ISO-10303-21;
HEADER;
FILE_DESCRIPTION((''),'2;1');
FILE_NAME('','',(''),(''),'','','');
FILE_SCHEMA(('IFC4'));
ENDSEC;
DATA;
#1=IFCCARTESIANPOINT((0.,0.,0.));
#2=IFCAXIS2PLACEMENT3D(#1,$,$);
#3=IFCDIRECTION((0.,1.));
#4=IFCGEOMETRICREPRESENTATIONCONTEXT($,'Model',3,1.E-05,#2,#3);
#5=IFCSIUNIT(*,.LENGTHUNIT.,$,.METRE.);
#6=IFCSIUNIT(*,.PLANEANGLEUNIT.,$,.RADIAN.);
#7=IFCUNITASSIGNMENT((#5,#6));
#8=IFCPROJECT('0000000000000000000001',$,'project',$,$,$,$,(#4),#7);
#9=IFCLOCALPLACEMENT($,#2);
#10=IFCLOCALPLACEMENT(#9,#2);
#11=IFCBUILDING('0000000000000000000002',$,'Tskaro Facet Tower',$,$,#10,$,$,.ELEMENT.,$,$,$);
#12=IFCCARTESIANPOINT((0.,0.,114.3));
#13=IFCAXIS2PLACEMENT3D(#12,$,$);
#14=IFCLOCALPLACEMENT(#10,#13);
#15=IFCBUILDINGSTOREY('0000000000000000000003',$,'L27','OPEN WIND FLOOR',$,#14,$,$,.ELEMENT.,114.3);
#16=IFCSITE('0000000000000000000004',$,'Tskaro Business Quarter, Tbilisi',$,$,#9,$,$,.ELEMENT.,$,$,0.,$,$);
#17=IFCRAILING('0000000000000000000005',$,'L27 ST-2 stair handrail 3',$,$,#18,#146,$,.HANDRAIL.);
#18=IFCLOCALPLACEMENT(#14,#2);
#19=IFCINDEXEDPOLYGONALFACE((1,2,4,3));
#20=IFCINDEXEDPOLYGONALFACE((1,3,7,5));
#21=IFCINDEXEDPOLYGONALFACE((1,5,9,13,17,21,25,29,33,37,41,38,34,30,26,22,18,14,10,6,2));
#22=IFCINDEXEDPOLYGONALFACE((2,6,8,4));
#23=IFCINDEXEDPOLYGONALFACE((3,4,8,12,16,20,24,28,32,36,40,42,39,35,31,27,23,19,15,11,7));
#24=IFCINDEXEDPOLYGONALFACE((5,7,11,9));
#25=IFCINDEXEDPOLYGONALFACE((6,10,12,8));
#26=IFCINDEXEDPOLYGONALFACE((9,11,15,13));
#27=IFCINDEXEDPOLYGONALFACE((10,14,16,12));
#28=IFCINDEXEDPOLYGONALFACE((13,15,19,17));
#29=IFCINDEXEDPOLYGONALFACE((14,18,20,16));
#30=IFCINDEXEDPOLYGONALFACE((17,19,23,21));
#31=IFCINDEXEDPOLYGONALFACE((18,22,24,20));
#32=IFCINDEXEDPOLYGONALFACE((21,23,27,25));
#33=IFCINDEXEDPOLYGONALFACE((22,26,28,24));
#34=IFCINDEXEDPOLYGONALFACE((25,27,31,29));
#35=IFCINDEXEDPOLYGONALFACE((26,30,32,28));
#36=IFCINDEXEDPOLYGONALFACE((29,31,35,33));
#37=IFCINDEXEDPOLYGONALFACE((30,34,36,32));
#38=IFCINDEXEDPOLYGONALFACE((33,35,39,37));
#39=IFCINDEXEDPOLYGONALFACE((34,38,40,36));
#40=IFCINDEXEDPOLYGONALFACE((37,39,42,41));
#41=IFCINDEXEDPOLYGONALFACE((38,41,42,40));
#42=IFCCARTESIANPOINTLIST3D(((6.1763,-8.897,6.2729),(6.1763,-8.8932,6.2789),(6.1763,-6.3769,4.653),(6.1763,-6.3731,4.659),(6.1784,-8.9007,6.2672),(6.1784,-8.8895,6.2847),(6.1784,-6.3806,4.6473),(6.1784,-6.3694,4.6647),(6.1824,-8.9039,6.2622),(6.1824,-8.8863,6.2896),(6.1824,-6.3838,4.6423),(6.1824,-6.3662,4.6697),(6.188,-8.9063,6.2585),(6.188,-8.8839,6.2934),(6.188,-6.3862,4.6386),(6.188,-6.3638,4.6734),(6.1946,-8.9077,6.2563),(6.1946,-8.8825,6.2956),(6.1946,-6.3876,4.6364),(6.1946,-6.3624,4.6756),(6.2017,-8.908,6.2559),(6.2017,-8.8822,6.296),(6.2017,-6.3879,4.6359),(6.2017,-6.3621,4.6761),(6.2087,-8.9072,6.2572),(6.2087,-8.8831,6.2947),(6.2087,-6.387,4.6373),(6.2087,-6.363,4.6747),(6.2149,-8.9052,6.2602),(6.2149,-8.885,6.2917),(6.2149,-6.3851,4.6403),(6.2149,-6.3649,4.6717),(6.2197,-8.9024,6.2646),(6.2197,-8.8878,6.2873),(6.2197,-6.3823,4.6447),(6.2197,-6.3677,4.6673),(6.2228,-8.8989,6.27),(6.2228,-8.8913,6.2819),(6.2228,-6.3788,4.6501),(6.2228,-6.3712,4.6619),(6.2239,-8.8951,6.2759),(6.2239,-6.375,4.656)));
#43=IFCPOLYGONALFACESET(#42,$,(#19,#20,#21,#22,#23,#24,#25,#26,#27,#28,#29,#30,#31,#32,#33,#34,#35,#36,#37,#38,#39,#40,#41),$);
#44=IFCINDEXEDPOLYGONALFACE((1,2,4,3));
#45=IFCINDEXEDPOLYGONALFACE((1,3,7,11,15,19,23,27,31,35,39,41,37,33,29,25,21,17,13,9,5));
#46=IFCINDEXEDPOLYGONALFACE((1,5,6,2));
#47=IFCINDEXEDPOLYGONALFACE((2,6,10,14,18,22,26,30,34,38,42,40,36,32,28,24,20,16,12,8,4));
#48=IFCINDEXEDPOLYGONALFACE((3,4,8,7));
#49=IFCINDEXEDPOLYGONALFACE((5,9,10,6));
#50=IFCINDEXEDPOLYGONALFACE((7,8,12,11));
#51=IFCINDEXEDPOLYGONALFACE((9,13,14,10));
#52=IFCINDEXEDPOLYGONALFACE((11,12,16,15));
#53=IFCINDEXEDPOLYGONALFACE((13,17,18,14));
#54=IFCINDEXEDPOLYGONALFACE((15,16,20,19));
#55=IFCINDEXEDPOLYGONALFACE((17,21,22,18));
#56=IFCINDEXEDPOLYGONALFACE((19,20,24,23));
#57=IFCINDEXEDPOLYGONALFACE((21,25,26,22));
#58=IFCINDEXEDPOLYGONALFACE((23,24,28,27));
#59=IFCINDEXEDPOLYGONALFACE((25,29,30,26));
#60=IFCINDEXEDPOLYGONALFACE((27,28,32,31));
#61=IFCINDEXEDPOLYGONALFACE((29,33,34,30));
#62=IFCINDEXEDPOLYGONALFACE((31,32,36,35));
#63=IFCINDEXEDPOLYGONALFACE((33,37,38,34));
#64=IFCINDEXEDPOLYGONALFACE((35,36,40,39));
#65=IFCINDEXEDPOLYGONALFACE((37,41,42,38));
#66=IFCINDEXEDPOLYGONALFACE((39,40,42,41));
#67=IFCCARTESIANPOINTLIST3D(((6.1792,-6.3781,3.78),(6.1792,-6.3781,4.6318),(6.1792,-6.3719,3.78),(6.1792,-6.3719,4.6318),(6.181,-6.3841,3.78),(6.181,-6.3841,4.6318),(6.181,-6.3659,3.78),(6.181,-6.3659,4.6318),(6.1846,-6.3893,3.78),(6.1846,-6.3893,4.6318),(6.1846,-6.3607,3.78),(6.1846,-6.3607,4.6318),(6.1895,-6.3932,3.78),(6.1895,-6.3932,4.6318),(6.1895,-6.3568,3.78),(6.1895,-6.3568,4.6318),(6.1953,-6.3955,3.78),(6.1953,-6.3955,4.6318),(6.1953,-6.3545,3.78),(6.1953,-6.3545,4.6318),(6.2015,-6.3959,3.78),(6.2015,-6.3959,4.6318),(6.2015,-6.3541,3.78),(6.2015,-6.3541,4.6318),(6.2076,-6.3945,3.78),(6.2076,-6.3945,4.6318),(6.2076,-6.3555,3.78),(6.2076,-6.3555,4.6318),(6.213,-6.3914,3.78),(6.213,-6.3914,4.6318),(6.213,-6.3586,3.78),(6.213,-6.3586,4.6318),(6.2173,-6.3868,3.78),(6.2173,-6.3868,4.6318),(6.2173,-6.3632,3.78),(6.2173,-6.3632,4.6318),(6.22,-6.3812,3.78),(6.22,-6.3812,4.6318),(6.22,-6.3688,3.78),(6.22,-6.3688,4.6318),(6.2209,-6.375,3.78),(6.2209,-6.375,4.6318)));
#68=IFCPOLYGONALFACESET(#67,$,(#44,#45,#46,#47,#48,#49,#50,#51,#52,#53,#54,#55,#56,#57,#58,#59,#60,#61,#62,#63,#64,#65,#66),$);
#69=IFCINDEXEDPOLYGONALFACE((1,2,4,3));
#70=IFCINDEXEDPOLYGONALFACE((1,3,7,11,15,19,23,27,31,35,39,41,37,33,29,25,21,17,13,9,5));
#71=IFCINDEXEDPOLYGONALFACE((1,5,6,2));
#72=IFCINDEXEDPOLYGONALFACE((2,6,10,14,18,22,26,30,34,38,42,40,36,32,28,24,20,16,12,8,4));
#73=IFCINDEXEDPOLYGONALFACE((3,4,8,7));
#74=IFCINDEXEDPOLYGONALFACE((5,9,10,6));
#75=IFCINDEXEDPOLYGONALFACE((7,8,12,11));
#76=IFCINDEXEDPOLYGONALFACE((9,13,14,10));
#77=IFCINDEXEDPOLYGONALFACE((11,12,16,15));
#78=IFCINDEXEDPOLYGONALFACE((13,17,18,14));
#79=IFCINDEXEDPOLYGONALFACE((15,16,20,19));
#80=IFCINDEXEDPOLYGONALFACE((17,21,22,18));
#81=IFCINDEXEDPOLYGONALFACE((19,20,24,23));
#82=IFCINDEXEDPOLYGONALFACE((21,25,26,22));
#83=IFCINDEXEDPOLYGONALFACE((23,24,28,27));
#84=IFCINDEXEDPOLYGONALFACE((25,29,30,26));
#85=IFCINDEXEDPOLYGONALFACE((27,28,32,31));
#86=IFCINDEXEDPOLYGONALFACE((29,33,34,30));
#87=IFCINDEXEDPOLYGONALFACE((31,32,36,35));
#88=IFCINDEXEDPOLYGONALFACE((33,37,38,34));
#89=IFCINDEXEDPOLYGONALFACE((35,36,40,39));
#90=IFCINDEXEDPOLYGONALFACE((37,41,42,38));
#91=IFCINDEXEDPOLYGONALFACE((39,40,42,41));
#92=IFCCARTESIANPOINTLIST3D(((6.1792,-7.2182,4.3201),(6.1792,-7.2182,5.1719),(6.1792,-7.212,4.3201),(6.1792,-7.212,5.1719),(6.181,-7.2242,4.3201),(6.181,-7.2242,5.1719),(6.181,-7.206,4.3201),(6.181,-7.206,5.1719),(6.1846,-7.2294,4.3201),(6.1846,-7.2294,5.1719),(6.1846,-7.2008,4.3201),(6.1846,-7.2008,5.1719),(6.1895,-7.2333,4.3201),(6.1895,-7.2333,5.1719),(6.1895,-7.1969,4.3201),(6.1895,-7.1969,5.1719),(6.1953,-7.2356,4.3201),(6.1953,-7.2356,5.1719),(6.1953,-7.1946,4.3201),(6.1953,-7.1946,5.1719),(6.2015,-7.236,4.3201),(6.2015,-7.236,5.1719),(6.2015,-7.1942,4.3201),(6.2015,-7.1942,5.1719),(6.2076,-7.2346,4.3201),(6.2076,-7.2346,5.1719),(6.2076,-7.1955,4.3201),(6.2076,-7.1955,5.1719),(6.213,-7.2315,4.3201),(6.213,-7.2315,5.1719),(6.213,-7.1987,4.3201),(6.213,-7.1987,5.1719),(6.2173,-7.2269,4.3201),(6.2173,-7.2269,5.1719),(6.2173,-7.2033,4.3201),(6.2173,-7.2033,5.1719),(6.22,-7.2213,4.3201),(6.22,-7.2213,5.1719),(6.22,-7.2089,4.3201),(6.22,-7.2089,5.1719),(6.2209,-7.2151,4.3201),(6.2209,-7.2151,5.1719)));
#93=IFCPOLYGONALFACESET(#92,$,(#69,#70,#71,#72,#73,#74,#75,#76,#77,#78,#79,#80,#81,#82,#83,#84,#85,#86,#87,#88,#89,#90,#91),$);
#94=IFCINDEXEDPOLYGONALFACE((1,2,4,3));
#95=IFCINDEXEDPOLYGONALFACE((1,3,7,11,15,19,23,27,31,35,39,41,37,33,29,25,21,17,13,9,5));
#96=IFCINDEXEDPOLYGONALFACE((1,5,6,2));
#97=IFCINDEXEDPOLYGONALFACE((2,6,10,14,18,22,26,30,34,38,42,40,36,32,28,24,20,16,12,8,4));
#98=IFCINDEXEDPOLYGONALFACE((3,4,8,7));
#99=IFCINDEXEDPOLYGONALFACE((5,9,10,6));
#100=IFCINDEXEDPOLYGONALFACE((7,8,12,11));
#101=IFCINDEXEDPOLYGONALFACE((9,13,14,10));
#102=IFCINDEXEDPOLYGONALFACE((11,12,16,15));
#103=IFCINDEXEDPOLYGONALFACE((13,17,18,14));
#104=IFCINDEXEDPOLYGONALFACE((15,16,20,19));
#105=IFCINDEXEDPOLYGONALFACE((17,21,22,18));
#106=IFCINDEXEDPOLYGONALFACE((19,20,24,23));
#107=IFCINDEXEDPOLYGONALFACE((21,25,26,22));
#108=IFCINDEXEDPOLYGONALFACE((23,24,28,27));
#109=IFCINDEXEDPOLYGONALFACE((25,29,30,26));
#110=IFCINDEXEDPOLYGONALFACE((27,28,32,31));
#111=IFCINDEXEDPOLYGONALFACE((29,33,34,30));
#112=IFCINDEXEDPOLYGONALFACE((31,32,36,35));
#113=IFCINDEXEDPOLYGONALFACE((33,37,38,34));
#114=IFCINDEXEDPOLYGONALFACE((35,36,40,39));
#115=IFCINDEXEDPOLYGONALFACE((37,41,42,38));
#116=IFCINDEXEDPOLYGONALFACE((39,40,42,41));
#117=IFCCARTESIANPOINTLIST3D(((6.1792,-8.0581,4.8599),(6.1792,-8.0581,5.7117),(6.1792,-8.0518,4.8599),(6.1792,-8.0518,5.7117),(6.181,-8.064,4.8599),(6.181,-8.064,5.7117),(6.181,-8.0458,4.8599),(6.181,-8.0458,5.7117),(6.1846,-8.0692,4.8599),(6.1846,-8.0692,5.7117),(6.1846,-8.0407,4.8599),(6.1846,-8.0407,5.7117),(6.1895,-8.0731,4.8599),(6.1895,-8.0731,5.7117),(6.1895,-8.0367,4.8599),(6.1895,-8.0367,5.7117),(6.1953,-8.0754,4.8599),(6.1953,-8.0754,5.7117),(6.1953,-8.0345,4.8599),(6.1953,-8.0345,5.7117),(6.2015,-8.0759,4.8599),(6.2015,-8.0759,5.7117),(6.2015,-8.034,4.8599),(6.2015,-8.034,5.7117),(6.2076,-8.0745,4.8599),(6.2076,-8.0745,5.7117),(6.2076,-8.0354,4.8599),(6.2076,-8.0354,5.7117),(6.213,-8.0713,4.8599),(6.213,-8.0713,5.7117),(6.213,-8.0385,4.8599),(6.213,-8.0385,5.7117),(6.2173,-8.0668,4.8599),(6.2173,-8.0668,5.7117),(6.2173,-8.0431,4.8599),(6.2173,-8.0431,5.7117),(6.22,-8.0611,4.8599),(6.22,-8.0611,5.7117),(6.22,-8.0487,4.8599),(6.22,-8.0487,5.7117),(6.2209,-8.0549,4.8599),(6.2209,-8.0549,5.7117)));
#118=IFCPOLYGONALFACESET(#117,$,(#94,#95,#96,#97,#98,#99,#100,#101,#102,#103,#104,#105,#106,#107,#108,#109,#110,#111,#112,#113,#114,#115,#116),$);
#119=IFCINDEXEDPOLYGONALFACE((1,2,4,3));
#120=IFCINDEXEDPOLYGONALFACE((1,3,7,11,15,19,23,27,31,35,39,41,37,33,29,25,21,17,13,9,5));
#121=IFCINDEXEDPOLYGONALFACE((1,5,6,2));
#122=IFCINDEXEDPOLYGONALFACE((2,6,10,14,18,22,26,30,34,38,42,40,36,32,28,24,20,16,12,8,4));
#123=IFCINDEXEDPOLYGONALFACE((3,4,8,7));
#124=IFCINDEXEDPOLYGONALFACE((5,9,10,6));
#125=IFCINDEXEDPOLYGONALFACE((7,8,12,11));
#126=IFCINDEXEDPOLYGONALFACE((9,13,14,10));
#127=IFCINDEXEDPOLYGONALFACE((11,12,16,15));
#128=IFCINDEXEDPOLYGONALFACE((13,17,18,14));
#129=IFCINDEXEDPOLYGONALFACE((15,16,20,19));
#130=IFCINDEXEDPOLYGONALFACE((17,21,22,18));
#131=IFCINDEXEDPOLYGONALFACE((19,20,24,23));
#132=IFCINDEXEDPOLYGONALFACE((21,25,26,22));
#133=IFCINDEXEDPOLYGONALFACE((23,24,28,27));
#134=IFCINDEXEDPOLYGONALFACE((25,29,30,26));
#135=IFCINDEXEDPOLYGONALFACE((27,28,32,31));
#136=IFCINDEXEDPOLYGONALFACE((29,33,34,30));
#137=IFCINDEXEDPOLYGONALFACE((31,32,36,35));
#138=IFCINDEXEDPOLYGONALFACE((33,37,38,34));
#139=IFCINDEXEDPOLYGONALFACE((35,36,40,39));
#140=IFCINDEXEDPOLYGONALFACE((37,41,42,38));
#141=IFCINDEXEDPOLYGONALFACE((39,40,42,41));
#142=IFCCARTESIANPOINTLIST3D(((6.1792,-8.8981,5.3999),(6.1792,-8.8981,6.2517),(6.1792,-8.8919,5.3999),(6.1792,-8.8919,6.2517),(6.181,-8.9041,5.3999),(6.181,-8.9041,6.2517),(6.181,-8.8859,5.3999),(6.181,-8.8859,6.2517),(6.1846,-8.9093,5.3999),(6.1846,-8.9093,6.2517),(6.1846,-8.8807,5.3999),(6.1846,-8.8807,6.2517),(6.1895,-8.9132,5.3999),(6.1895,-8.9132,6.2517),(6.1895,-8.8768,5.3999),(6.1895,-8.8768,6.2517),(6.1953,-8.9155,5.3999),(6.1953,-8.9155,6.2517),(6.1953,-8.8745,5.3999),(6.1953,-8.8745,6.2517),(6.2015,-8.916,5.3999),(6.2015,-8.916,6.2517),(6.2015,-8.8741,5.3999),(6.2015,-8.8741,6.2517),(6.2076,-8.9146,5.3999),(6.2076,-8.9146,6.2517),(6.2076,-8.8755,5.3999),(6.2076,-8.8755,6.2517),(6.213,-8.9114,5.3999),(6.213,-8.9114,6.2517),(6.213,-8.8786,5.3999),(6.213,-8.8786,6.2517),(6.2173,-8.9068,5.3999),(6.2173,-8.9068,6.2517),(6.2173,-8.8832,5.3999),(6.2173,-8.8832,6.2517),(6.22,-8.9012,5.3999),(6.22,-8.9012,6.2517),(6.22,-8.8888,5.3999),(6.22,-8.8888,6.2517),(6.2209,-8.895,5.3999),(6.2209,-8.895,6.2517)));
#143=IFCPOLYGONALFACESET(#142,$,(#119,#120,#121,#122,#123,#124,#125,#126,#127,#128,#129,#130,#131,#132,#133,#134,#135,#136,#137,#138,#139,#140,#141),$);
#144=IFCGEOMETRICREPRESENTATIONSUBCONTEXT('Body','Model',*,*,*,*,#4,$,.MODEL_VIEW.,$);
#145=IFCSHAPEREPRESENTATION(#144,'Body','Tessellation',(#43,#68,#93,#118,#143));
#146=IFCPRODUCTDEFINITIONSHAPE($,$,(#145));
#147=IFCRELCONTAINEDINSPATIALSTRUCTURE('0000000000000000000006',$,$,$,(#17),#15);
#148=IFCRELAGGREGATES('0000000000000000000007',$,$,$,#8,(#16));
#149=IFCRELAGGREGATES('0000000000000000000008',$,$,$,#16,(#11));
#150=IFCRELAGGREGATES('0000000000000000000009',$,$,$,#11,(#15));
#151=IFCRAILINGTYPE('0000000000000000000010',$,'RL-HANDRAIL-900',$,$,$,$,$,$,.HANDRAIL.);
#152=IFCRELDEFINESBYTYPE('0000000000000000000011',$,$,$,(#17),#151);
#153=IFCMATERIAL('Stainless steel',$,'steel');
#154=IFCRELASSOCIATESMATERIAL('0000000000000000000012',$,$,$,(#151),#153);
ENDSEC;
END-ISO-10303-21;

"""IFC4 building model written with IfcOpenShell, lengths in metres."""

from ifc_helpers import new_model, si_unit, direction, frame, origin, origin_2d, place, context, subcontext, project, spatial, circle, extrude, material, type_object, element, save


model = new_model("IFC4")

# Units and contexts
model_context = context("Model", 3, precision=1e-05, world=origin(), true_north=direction((0.0, 1.0)))
body_context = subcontext(model_context, "Body", "Model", "MODEL_VIEW")
ifc_project = project(units=[si_unit("LENGTHUNIT", "METRE"), si_unit("PLANEANGLEUNIT", "RADIAN")], contexts=[model_context])

# Site, building, storey
site_placement = place(None, origin())
site = spatial("IfcSite", under=ifc_project, at=site_placement, Name="Tskaro Business Quarter, Tbilisi", CompositionType="ELEMENT", RefElevation=0.0)
building_placement = place(site_placement, origin())
building = spatial("IfcBuilding", under=site, at=building_placement, Name="Tskaro Facet Tower", CompositionType="ELEMENT")
storey_placement = place(building_placement, frame((0.0, 0.0, 114.3)))
storey = spatial("IfcBuildingStorey", under=building, at=storey_placement, Name="L27", Description="OPEN WIND FLOOR", CompositionType="ELEMENT", Elevation=114.3)

# Railing
ifc_material_1 = material(Name="Stainless steel", Category="steel")
railing_type_1 = type_object("IfcRailingType", Name="RL-HANDRAIL-900", PredefinedType="HANDRAIL", material=ifc_material_1)
railing_1_placement = place(storey_placement, frame((6.2, -6.375, 3.78)))
element("IfcRailing", 1, at=railing_1_placement, inside=storey, type_object=railing_type_1, Name="L27 ST-2 stair handrail 3", PredefinedType="HANDRAIL", context=body_context, shape_type="SweptSolid", body=[
    extrude(circle(Radius=0.0239, at=origin_2d()), frame((0.0, 0.0, 0.876), z_axis=(0.0, -0.8412, 0.540725), x_axis=(1.0, 0.0, 0.0)), (0.0, 0.0, 1.0), 2.9958),
    extrude(circle(Radius=0.021, at=origin_2d()), origin(), (0.0, 0.0, 1.0), 0.8518),
    extrude(circle(Radius=0.021, at=origin_2d()), frame((0.0, -0.8401, 0.54)), (0.0, 0.0, 1.0), 0.8518),
    extrude(circle(Radius=0.021, at=origin_2d()), frame((0.0, -1.6799, 1.0798)), (0.0, 0.0, 1.0), 0.8518),
    extrude(circle(Radius=0.021, at=origin_2d()), frame((0.0, -2.52, 1.6199)), (0.0, 0.0, 1.0), 0.8518),
])

save(model, "model.ifc")
